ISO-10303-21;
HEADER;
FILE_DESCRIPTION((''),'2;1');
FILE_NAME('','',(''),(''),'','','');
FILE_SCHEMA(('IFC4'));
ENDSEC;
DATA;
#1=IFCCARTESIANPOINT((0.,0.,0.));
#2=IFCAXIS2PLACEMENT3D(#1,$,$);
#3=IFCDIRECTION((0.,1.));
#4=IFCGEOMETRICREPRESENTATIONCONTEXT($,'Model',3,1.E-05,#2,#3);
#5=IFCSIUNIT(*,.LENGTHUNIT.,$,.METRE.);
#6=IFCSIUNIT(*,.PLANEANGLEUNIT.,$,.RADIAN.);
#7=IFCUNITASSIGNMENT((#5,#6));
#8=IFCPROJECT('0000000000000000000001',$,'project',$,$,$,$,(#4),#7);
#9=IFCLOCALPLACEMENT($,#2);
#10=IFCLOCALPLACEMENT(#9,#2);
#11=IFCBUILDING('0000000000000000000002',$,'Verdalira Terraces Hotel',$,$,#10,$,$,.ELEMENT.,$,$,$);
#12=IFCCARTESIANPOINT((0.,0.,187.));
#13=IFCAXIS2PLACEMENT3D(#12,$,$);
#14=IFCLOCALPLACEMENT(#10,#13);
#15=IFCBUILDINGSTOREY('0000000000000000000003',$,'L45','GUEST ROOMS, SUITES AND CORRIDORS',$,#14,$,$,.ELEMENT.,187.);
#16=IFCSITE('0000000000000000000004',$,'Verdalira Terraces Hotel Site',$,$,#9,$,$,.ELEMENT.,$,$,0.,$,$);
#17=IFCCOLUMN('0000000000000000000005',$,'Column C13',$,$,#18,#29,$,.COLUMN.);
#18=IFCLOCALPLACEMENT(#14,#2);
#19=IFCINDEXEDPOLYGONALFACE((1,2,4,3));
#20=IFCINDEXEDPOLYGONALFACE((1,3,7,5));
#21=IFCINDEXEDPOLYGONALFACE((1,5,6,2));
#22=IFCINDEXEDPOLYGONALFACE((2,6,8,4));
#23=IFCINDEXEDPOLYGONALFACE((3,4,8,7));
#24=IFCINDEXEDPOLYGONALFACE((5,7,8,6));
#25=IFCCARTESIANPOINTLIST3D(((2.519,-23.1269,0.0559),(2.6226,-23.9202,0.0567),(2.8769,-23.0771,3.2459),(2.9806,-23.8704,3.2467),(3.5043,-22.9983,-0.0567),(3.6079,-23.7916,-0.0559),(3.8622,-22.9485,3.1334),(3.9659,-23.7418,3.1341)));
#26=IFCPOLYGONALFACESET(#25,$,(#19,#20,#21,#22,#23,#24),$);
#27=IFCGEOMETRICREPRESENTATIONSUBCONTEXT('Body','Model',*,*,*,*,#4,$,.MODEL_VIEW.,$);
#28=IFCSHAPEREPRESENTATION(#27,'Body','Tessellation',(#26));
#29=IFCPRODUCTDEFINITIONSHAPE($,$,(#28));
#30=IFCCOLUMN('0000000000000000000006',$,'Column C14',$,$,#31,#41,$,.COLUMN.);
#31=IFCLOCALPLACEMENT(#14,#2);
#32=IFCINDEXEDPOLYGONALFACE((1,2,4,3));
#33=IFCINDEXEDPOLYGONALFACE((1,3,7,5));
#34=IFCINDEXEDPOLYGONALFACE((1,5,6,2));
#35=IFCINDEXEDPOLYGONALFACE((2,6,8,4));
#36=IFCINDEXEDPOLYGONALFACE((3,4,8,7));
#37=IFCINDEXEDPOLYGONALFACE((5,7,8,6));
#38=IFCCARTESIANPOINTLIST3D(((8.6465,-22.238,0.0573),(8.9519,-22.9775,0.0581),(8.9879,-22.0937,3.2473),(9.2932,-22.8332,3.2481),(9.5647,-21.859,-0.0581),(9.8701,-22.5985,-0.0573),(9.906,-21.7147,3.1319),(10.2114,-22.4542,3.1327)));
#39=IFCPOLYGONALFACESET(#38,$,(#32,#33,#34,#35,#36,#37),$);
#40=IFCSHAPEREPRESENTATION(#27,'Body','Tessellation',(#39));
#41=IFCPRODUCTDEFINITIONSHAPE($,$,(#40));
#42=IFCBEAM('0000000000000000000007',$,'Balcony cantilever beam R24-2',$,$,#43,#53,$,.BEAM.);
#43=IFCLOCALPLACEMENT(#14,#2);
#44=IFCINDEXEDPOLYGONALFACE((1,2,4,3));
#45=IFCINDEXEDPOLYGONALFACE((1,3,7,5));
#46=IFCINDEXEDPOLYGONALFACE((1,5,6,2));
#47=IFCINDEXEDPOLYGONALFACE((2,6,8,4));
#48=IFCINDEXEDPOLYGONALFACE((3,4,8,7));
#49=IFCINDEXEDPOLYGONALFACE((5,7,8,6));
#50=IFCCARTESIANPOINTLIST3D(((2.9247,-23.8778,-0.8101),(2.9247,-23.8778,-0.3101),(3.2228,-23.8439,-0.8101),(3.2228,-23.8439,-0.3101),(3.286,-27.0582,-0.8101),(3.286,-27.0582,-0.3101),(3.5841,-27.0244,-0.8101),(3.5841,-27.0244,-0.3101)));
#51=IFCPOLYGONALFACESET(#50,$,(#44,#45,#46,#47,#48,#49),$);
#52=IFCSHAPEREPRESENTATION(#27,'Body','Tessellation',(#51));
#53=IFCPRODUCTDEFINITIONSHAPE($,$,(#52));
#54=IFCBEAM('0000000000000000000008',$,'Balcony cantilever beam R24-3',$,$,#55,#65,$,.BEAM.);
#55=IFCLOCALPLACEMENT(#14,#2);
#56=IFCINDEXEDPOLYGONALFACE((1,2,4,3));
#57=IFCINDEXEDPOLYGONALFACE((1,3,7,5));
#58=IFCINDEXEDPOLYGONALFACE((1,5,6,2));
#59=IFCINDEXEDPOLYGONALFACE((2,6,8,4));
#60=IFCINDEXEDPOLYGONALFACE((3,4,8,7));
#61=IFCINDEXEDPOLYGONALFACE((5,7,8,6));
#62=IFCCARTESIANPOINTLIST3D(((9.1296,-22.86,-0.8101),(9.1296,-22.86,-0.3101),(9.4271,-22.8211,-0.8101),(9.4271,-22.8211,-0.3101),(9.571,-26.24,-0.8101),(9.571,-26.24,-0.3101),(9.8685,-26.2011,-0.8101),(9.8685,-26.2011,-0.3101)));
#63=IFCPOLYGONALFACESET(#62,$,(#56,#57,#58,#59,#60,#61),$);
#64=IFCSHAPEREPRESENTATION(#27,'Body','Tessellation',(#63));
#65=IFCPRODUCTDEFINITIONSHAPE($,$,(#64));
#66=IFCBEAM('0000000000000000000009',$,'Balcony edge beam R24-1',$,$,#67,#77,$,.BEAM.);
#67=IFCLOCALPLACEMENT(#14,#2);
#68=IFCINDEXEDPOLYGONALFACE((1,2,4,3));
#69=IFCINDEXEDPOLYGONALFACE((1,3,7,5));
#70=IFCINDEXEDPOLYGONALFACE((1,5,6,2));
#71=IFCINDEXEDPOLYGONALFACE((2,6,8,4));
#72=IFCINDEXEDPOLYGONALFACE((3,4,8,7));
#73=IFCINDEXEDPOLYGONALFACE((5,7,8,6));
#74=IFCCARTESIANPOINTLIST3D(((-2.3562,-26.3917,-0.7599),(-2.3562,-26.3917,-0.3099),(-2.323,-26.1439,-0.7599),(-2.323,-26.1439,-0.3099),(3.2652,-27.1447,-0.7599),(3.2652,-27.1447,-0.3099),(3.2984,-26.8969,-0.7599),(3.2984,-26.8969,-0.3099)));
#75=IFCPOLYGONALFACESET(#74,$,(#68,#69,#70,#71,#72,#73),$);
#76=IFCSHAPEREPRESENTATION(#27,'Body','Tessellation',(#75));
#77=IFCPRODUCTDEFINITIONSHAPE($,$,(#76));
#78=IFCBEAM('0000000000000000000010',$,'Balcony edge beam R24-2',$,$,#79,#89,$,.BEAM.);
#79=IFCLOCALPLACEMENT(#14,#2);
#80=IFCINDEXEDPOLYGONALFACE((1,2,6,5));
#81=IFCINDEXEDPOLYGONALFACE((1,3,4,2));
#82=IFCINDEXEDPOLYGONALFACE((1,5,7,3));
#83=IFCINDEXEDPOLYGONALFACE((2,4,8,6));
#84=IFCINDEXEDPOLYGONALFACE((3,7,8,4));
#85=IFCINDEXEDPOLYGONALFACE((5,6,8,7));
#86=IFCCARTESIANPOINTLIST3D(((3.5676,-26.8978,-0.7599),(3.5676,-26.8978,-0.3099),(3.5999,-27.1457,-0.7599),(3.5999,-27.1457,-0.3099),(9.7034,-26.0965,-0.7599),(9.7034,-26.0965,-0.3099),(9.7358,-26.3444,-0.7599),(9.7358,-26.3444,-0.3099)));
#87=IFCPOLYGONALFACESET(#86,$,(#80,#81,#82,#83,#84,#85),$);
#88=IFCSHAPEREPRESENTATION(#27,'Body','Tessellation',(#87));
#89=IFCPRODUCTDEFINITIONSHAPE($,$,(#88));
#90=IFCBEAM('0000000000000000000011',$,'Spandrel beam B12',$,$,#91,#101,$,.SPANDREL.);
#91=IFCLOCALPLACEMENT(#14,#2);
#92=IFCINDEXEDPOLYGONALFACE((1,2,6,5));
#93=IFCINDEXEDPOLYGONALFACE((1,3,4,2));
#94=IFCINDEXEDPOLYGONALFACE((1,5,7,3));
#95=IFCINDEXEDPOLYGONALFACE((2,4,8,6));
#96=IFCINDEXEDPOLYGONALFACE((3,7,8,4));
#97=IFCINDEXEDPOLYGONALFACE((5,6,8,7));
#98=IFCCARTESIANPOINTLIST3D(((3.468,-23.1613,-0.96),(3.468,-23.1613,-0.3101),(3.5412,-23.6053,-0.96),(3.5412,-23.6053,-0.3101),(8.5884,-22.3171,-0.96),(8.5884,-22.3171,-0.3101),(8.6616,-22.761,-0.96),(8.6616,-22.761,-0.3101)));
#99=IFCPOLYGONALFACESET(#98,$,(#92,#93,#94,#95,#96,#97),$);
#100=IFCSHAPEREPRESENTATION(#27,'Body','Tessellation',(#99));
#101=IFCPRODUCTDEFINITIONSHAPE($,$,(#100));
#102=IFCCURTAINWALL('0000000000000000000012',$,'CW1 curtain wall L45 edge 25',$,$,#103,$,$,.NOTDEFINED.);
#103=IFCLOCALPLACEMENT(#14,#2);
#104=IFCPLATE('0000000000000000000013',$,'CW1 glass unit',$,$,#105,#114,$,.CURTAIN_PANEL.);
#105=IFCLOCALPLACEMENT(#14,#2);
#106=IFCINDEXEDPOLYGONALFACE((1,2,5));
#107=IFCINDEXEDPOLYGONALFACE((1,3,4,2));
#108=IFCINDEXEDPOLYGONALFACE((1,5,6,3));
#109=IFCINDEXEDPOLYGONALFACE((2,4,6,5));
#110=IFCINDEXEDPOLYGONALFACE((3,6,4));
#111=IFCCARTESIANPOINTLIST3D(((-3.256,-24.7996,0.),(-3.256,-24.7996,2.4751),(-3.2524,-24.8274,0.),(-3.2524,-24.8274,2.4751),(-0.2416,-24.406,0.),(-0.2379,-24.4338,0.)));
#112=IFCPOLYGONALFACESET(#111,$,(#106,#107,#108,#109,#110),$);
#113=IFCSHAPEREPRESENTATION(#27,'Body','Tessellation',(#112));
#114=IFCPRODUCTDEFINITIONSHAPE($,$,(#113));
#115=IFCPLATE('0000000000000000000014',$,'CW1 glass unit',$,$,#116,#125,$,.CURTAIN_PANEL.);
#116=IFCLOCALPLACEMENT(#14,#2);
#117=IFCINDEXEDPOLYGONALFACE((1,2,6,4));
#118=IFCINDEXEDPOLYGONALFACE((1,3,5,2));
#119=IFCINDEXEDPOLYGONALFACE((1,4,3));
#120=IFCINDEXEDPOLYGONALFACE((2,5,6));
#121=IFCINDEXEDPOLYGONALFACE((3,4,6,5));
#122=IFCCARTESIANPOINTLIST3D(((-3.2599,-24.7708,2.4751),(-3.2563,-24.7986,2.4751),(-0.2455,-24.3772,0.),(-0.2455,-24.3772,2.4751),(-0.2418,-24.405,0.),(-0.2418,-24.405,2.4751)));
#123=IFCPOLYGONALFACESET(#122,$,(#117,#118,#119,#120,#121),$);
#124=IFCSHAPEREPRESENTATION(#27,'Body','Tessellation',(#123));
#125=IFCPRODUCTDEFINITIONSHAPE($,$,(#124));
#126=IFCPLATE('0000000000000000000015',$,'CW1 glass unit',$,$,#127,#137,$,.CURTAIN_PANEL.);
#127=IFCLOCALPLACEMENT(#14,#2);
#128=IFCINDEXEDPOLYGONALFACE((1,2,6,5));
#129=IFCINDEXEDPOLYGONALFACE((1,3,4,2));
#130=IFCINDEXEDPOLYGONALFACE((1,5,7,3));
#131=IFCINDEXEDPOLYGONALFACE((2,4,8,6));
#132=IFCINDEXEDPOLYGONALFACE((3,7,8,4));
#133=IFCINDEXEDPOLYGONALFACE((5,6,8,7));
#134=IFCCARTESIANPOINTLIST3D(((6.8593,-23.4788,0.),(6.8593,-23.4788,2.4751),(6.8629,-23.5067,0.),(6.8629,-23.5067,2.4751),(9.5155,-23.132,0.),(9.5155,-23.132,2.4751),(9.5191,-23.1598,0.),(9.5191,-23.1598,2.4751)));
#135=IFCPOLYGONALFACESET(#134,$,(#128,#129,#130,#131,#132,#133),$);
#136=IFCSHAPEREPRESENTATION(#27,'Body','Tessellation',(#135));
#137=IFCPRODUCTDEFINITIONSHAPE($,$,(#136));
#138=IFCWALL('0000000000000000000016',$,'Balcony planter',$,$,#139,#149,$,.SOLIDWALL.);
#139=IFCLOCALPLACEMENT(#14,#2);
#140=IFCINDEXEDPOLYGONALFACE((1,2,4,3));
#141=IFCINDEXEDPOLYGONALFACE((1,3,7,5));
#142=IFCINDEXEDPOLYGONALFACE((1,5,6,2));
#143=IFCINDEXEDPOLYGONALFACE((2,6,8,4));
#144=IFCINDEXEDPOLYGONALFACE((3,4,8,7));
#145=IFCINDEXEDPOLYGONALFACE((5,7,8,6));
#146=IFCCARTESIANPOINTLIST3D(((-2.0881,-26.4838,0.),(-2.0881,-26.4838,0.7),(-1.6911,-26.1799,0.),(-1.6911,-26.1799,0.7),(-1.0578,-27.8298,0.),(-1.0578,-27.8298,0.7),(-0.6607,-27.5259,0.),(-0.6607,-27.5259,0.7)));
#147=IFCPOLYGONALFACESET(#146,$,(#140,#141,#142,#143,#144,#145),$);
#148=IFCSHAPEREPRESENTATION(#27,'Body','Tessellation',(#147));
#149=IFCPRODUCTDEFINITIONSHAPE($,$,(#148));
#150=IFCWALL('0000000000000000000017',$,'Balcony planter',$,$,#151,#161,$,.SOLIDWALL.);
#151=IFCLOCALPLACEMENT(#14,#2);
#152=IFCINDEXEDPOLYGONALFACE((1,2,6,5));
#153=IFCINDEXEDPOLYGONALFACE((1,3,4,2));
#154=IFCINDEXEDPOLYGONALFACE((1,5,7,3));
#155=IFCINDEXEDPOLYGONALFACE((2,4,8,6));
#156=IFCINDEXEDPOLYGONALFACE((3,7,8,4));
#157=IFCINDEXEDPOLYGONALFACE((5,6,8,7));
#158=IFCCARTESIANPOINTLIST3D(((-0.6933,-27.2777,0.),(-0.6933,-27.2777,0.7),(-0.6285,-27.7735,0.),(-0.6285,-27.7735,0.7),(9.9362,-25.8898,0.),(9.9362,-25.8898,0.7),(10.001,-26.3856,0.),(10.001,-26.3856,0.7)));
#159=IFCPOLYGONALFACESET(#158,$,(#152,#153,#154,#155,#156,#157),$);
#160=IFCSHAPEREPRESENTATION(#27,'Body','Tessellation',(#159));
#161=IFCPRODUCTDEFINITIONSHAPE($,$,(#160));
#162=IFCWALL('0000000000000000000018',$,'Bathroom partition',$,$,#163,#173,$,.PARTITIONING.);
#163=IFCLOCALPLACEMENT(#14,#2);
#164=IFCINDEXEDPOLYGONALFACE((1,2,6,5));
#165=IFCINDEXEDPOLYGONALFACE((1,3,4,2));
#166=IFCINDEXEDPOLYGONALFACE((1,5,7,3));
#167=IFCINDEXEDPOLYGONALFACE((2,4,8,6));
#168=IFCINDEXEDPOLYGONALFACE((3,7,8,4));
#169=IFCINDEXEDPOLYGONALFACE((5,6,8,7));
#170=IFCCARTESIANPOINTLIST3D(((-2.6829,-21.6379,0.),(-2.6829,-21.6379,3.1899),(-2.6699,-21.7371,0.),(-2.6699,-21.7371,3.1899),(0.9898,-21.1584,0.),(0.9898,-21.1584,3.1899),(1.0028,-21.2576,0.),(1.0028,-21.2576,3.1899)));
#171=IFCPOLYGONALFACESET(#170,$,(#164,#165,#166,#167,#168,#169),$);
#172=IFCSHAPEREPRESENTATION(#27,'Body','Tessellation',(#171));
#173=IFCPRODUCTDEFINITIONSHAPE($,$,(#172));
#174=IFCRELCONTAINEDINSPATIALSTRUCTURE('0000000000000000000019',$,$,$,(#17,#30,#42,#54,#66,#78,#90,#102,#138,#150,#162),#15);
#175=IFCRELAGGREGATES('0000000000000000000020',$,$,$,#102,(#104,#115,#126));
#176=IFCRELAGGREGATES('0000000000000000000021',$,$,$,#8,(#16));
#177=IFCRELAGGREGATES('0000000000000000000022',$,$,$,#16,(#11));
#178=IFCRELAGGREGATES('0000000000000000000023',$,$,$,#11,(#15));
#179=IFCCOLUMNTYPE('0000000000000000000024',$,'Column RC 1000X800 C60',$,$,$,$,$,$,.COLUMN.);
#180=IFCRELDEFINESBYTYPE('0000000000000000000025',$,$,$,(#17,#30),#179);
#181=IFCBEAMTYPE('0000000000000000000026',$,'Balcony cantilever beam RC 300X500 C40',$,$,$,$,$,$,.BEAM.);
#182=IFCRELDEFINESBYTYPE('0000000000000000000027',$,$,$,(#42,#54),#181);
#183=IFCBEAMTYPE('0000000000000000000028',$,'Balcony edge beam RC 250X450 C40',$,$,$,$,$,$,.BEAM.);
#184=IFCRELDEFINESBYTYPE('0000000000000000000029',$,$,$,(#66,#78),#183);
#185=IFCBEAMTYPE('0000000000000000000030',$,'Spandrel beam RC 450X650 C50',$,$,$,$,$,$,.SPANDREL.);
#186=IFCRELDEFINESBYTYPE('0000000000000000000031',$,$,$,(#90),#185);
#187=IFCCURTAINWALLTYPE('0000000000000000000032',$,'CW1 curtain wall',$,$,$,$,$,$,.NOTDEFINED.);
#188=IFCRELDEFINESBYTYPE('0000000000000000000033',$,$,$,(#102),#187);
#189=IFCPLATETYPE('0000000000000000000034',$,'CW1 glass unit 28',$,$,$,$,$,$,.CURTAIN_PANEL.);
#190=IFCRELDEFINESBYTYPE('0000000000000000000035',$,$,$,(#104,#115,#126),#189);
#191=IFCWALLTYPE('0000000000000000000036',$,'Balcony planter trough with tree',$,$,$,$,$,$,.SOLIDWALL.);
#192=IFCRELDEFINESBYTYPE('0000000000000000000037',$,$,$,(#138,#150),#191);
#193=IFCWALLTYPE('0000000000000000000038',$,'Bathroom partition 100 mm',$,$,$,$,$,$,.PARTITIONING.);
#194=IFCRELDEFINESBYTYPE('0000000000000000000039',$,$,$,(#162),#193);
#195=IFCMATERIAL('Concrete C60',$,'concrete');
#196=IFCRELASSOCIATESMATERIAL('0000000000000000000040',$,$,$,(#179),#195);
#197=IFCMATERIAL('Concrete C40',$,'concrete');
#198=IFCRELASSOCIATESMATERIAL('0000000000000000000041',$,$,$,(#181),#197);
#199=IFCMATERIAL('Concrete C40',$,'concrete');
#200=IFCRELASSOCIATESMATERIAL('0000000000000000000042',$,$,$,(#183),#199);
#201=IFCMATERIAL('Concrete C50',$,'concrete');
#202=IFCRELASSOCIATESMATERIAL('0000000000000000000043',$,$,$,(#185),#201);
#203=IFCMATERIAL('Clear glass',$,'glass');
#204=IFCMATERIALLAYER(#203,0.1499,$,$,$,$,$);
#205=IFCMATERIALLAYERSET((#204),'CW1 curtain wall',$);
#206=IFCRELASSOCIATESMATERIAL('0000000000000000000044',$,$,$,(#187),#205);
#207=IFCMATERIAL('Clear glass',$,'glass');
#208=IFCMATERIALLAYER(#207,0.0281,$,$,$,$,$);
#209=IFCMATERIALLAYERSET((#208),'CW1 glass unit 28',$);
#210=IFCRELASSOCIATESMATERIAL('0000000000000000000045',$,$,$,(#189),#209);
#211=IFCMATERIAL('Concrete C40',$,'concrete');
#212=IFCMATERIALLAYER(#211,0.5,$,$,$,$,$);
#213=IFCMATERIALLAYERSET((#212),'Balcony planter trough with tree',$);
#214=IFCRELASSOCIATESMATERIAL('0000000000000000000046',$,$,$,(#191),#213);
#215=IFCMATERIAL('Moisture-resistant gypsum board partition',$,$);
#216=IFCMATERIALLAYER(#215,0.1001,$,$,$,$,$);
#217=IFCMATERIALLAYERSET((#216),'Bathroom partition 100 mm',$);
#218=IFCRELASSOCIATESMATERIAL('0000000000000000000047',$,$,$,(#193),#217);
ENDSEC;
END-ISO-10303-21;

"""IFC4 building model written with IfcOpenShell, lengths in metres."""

from ifc_helpers import new_model, si_unit, direction, frame, frame_2d, origin, origin_2d, place, context, subcontext, project, spatial, polyline, rectangle, outline, extrude, material, layer, layer_set, material_profile, profile_set, type_object, element, aggregate, save


model = new_model("IFC4")

# Units and contexts
model_context = context("Model", 3, precision=1e-05, world=origin(), true_north=direction((0.0, 1.0)))
body_context = subcontext(model_context, "Body", "Model", "MODEL_VIEW")
ifc_project = project(units=[si_unit("LENGTHUNIT", "METRE"), si_unit("PLANEANGLEUNIT", "RADIAN")], contexts=[model_context])

# Site, building, storey
site_placement = place(None, origin())
site = spatial("IfcSite", under=ifc_project, at=site_placement, Name="Verdalira Terraces Hotel Site", CompositionType="ELEMENT", RefElevation=0.0)
building_placement = place(site_placement, origin())
building = spatial("IfcBuilding", under=site, at=building_placement, Name="Verdalira Terraces Hotel", CompositionType="ELEMENT")
storey_placement = place(building_placement, frame((0.0, 0.0, 187.0)))
storey = spatial("IfcBuildingStorey", under=building, at=storey_placement, Name="L45", Description="GUEST ROOMS, SUITES AND CORRIDORS", CompositionType="ELEMENT", Elevation=187.0)

# Columns
ifc_material_1 = material(Name="Concrete C60", Category="concrete")
ifc_material_profile_1 = material_profile(ifc_material_1, rectangle(XDim=1.0, YDim=0.8, at=origin_2d()), Name="RC 1000X800")
ifc_profile_set_1 = profile_set([ifc_material_profile_1], Name="Concrete C60")
column_type = type_object("IfcColumnType", Name="Column RC 1000X800 C60", PredefinedType="COLUMN", material=ifc_profile_set_1)
column_1_placement = place(storey_placement, frame((3.0635, -23.4592, 0.0), z_axis=(0.111487, 0.015514, 0.993645), x_axis=(0.985289, 0.128594, -0.112557)))
element("IfcColumn", 1, at=column_1_placement, inside=storey, type_object=column_type, Name="Column C13", PredefinedType="COLUMN", context=body_context, shape_type="SweptSolid", body=[
    extrude(rectangle(XDim=1.0, YDim=0.8, at=origin_2d()), origin(), (0.0, 0.0, 1.0), 3.2104),
])
column_2_placement = place(storey_placement, frame((9.2583, -22.4182, 0.0), z_axis=(0.106281, 0.04493, 0.993321), x_axis=(-0.918175, -0.379, 0.115383)))
element("IfcColumn", 2, at=column_2_placement, inside=storey, type_object=column_type, Name="Column C14", PredefinedType="COLUMN", context=body_context, shape_type="SweptSolid", body=[
    extrude(rectangle(XDim=1.0, YDim=0.8, at=origin_2d()), origin(), (0.0, 0.0, 1.0), 3.2114),
])

# Beams
ifc_material_2 = material(Name="Concrete C40", Category="concrete")
ifc_material_profile_2 = material_profile(ifc_material_2, rectangle(XDim=0.3, YDim=0.5, at=origin_2d()), Name="RC 300X500")
ifc_profile_set_2 = profile_set([ifc_material_profile_2], Name="Concrete C40")
beam_type_1 = type_object("IfcBeamType", Name="Balcony cantilever beam RC 300X500 C40", PredefinedType="BEAM", material=ifc_profile_set_2)
beam_1_placement = place(storey_placement, frame((3.0737, -23.8608, -0.5601), z_axis=(0.112884, -0.993608, 0.0), x_axis=(0.993608, 0.112884, 0.0)))
element("IfcBeam", 3, at=beam_1_placement, inside=storey, type_object=beam_type_1, Name="Balcony cantilever beam R24-2", PredefinedType="BEAM", context=body_context, shape_type="SweptSolid", body=[
    extrude(rectangle(XDim=0.3, YDim=0.5, at=origin_2d()), origin(), (0.0, 0.0, 1.0), 3.2009),
])
beam_2_placement = place(storey_placement, frame((9.2783, -22.8406, -0.5601), z_axis=(0.129498, -0.99158, 0.0), x_axis=(0.99158, 0.129498, 0.0)))
element("IfcBeam", 4, at=beam_2_placement, inside=storey, type_object=beam_type_1, Name="Balcony cantilever beam R24-3", PredefinedType="BEAM", context=body_context, shape_type="SweptSolid", body=[
    extrude(rectangle(XDim=0.3, YDim=0.5, at=origin_2d()), origin(), (0.0, 0.0, 1.0), 3.4087),
])
ifc_material_3 = material(Name="Concrete C40", Category="concrete")
ifc_material_profile_3 = material_profile(ifc_material_3, rectangle(XDim=0.25, YDim=0.45, at=origin_2d()), Name="RC 250X450")
ifc_profile_set_3 = profile_set([ifc_material_profile_3], Name="Concrete C40")
beam_type_2 = type_object("IfcBeamType", Name="Balcony edge beam RC 250X450 C40", PredefinedType="BEAM", material=ifc_profile_set_3)
beam_3_placement = place(storey_placement, frame((-2.3396, -26.2678, -0.5349), z_axis=(0.991149, -0.132756, 0.0), x_axis=(0.132756, 0.991149, 0.0)))
element("IfcBeam", 5, at=beam_3_placement, inside=storey, type_object=beam_type_2, Name="Balcony edge beam R24-1", PredefinedType="BEAM", context=body_context, shape_type="SweptSolid", body=[
    extrude(rectangle(XDim=0.25, YDim=0.45, at=origin_2d()), origin(), (0.0, 0.0, 1.0), 5.6716),
])
beam_4_placement = place(storey_placement, frame((3.5837, -27.0217, -0.5349), z_axis=(0.991581, 0.129486, 0.0), x_axis=(-0.129486, 0.991581, 0.0)))
element("IfcBeam", 6, at=beam_4_placement, inside=storey, type_object=beam_type_2, Name="Balcony edge beam R24-2", PredefinedType="BEAM", context=body_context, shape_type="SweptSolid", body=[
    extrude(rectangle(XDim=0.25, YDim=0.45, at=origin_2d()), origin(), (0.0, 0.0, 1.0), 6.188),
])
ifc_material_4 = material(Name="Concrete C50", Category="concrete")
ifc_material_profile_4 = material_profile(ifc_material_4, rectangle(XDim=0.45, YDim=0.6499, at=origin_2d()), Name="RC 450X650")
ifc_profile_set_4 = profile_set([ifc_material_profile_4], Name="Concrete C50")
beam_type_3 = type_object("IfcBeamType", Name="Spandrel beam RC 450X650 C50", PredefinedType="SPANDREL", material=ifc_profile_set_4)
beam_5_placement = place(storey_placement, frame((3.5046, -23.3833, -0.635), z_axis=(0.986679, 0.162682, 0.0), x_axis=(-0.162682, 0.986679, 0.0)))
element("IfcBeam", 7, at=beam_5_placement, inside=storey, type_object=beam_type_3, Name="Spandrel beam B12", PredefinedType="SPANDREL", context=body_context, shape_type="SweptSolid", body=[
    extrude(rectangle(XDim=0.45, YDim=0.6499, at=origin_2d()), origin(), (0.0, 0.0, 1.0), 5.1895),
])

# Curtain wall, plates
ifc_material_5 = material(Name="Clear glass", Category="glass")
ifc_layer_1 = layer(ifc_material_5, 0.1499)
ifc_layer_set_1 = layer_set([ifc_layer_1], Name="CW1 curtain wall")
curtain_wall_type = type_object("IfcCurtainWallType", Name="CW1 curtain wall", PredefinedType="NOTDEFINED", material=ifc_layer_set_1)
curtain_wall_placement = place(storey_placement, origin())
curtain_wall = element("IfcCurtainWall", 8, at=curtain_wall_placement, inside=storey, type_object=curtain_wall_type, Name="CW1 curtain wall L45 edge 25", PredefinedType="NOTDEFINED")
ifc_material_6 = material(Name="Clear glass", Category="glass")
ifc_layer_2 = layer(ifc_material_6, 0.0281)
ifc_layer_set_2 = layer_set([ifc_layer_2], Name="CW1 glass unit 28")
plate_type = type_object("IfcPlateType", Name="CW1 glass unit 28", PredefinedType="CURTAIN_PANEL", material=ifc_layer_set_2)
plate_1_placement = place(storey_placement, frame((-1.7488, -24.6028, 1.2375), z_axis=(0.129488, -0.991581, 0.0), x_axis=(0.991581, 0.129488, 0.0)))
plate_1 = element("IfcPlate", 9, at=plate_1_placement, type_object=plate_type, Name="CW1 glass unit", PredefinedType="CURTAIN_PANEL", context=body_context, shape_type="SweptSolid", body=[
    extrude(outline(polyline([(-1.52, -1.2375), (1.52, -1.2375), (-1.52, 1.2375), (-1.52, -1.2375)])), origin(), (0.0, 0.0, 1.0), 0.0281),
])
plate_2_placement = place(storey_placement, frame((-1.7527, -24.574, 1.2375), z_axis=(0.129488, -0.991581, 0.0), x_axis=(0.991581, 0.129488, 0.0)))
plate_2 = element("IfcPlate", 10, at=plate_2_placement, type_object=plate_type, Name="CW1 glass unit", PredefinedType="CURTAIN_PANEL", context=body_context, shape_type="SweptSolid", body=[
    extrude(outline(polyline([(1.52, -1.2375), (1.52, 1.2375), (-1.52, 1.2375), (1.52, -1.2375)])), origin(), (0.0, 0.0, 1.0), 0.0281),
])
plate_3_placement = place(storey_placement, frame((8.1892, -23.3193, 0.0), z_axis=(0.0, 0.0, 1.0), x_axis=(0.991581, 0.129488, 0.0)))
plate_3 = element("IfcPlate", 11, at=plate_3_placement, type_object=plate_type, Name="CW1 glass unit", PredefinedType="CURTAIN_PANEL", context=body_context, shape_type="SweptSolid", body=[
    extrude(rectangle(XDim=2.6787, YDim=0.0281, at=origin_2d()), origin(), (0.0, 0.0, 1.0), 2.4751),
])
aggregate(curtain_wall, [plate_1, plate_2, plate_3])

# Walls
ifc_material_7 = material(Name="Concrete C40", Category="concrete")
ifc_layer_3 = layer(ifc_material_7, 0.5)
ifc_layer_set_3 = layer_set([ifc_layer_3], Name="Balcony planter trough with tree")
wall_type_1 = type_object("IfcWallType", Name="Balcony planter trough with tree", PredefinedType="SOLIDWALL", material=ifc_layer_set_3)
wall_1_placement = place(storey_placement, frame((-1.8896, -26.3318, 0.0), z_axis=(0.0, 0.0, 1.0), x_axis=(0.60783, -0.794067, 0.0)))
element("IfcWall", 12, at=wall_1_placement, inside=storey, type_object=wall_type_1, Name="Balcony planter", PredefinedType="SOLIDWALL", context=body_context, shape_type="SweptSolid", body=[
    extrude(rectangle(XDim=1.6951, YDim=0.5, at=frame_2d((0.8477, 0.0))), origin(), (0.0, 0.0, 1.0), 0.7),
])
wall_2_placement = place(storey_placement, frame((-0.6609, -27.5256, 0.0), z_axis=(0.0, 0.0, 1.0), x_axis=(0.991582, 0.129476, 0.0)))
element("IfcWall", 13, at=wall_2_placement, inside=storey, type_object=wall_type_1, Name="Balcony planter", PredefinedType="SOLIDWALL", context=body_context, shape_type="SweptSolid", body=[
    extrude(rectangle(XDim=10.7197, YDim=0.5, at=frame_2d((5.3599, 0.0))), origin(), (0.0, 0.0, 1.0), 0.7),
])
ifc_material_8 = material(Name="Moisture-resistant gypsum board partition")
ifc_layer_4 = layer(ifc_material_8, 0.1001)
ifc_layer_set_4 = layer_set([ifc_layer_4], Name="Bathroom partition 100 mm")
wall_type_2 = type_object("IfcWallType", Name="Bathroom partition 100 mm", PredefinedType="PARTITIONING", material=ifc_layer_set_4)
wall_3_placement = place(storey_placement, frame((-2.6765, -21.6875, 0.0), z_axis=(0.0, 0.0, 1.0), x_axis=(0.991585, 0.12946, 0.0)))
element("IfcWall", 14, at=wall_3_placement, inside=storey, type_object=wall_type_2, Name="Bathroom partition", PredefinedType="PARTITIONING", context=body_context, shape_type="SweptSolid", body=[
    extrude(rectangle(XDim=3.7039, YDim=0.1001, at=frame_2d((1.8521, 0.0))), origin(), (0.0, 0.0, 1.0), 3.1899),
])

save(model, "model.ifc")
